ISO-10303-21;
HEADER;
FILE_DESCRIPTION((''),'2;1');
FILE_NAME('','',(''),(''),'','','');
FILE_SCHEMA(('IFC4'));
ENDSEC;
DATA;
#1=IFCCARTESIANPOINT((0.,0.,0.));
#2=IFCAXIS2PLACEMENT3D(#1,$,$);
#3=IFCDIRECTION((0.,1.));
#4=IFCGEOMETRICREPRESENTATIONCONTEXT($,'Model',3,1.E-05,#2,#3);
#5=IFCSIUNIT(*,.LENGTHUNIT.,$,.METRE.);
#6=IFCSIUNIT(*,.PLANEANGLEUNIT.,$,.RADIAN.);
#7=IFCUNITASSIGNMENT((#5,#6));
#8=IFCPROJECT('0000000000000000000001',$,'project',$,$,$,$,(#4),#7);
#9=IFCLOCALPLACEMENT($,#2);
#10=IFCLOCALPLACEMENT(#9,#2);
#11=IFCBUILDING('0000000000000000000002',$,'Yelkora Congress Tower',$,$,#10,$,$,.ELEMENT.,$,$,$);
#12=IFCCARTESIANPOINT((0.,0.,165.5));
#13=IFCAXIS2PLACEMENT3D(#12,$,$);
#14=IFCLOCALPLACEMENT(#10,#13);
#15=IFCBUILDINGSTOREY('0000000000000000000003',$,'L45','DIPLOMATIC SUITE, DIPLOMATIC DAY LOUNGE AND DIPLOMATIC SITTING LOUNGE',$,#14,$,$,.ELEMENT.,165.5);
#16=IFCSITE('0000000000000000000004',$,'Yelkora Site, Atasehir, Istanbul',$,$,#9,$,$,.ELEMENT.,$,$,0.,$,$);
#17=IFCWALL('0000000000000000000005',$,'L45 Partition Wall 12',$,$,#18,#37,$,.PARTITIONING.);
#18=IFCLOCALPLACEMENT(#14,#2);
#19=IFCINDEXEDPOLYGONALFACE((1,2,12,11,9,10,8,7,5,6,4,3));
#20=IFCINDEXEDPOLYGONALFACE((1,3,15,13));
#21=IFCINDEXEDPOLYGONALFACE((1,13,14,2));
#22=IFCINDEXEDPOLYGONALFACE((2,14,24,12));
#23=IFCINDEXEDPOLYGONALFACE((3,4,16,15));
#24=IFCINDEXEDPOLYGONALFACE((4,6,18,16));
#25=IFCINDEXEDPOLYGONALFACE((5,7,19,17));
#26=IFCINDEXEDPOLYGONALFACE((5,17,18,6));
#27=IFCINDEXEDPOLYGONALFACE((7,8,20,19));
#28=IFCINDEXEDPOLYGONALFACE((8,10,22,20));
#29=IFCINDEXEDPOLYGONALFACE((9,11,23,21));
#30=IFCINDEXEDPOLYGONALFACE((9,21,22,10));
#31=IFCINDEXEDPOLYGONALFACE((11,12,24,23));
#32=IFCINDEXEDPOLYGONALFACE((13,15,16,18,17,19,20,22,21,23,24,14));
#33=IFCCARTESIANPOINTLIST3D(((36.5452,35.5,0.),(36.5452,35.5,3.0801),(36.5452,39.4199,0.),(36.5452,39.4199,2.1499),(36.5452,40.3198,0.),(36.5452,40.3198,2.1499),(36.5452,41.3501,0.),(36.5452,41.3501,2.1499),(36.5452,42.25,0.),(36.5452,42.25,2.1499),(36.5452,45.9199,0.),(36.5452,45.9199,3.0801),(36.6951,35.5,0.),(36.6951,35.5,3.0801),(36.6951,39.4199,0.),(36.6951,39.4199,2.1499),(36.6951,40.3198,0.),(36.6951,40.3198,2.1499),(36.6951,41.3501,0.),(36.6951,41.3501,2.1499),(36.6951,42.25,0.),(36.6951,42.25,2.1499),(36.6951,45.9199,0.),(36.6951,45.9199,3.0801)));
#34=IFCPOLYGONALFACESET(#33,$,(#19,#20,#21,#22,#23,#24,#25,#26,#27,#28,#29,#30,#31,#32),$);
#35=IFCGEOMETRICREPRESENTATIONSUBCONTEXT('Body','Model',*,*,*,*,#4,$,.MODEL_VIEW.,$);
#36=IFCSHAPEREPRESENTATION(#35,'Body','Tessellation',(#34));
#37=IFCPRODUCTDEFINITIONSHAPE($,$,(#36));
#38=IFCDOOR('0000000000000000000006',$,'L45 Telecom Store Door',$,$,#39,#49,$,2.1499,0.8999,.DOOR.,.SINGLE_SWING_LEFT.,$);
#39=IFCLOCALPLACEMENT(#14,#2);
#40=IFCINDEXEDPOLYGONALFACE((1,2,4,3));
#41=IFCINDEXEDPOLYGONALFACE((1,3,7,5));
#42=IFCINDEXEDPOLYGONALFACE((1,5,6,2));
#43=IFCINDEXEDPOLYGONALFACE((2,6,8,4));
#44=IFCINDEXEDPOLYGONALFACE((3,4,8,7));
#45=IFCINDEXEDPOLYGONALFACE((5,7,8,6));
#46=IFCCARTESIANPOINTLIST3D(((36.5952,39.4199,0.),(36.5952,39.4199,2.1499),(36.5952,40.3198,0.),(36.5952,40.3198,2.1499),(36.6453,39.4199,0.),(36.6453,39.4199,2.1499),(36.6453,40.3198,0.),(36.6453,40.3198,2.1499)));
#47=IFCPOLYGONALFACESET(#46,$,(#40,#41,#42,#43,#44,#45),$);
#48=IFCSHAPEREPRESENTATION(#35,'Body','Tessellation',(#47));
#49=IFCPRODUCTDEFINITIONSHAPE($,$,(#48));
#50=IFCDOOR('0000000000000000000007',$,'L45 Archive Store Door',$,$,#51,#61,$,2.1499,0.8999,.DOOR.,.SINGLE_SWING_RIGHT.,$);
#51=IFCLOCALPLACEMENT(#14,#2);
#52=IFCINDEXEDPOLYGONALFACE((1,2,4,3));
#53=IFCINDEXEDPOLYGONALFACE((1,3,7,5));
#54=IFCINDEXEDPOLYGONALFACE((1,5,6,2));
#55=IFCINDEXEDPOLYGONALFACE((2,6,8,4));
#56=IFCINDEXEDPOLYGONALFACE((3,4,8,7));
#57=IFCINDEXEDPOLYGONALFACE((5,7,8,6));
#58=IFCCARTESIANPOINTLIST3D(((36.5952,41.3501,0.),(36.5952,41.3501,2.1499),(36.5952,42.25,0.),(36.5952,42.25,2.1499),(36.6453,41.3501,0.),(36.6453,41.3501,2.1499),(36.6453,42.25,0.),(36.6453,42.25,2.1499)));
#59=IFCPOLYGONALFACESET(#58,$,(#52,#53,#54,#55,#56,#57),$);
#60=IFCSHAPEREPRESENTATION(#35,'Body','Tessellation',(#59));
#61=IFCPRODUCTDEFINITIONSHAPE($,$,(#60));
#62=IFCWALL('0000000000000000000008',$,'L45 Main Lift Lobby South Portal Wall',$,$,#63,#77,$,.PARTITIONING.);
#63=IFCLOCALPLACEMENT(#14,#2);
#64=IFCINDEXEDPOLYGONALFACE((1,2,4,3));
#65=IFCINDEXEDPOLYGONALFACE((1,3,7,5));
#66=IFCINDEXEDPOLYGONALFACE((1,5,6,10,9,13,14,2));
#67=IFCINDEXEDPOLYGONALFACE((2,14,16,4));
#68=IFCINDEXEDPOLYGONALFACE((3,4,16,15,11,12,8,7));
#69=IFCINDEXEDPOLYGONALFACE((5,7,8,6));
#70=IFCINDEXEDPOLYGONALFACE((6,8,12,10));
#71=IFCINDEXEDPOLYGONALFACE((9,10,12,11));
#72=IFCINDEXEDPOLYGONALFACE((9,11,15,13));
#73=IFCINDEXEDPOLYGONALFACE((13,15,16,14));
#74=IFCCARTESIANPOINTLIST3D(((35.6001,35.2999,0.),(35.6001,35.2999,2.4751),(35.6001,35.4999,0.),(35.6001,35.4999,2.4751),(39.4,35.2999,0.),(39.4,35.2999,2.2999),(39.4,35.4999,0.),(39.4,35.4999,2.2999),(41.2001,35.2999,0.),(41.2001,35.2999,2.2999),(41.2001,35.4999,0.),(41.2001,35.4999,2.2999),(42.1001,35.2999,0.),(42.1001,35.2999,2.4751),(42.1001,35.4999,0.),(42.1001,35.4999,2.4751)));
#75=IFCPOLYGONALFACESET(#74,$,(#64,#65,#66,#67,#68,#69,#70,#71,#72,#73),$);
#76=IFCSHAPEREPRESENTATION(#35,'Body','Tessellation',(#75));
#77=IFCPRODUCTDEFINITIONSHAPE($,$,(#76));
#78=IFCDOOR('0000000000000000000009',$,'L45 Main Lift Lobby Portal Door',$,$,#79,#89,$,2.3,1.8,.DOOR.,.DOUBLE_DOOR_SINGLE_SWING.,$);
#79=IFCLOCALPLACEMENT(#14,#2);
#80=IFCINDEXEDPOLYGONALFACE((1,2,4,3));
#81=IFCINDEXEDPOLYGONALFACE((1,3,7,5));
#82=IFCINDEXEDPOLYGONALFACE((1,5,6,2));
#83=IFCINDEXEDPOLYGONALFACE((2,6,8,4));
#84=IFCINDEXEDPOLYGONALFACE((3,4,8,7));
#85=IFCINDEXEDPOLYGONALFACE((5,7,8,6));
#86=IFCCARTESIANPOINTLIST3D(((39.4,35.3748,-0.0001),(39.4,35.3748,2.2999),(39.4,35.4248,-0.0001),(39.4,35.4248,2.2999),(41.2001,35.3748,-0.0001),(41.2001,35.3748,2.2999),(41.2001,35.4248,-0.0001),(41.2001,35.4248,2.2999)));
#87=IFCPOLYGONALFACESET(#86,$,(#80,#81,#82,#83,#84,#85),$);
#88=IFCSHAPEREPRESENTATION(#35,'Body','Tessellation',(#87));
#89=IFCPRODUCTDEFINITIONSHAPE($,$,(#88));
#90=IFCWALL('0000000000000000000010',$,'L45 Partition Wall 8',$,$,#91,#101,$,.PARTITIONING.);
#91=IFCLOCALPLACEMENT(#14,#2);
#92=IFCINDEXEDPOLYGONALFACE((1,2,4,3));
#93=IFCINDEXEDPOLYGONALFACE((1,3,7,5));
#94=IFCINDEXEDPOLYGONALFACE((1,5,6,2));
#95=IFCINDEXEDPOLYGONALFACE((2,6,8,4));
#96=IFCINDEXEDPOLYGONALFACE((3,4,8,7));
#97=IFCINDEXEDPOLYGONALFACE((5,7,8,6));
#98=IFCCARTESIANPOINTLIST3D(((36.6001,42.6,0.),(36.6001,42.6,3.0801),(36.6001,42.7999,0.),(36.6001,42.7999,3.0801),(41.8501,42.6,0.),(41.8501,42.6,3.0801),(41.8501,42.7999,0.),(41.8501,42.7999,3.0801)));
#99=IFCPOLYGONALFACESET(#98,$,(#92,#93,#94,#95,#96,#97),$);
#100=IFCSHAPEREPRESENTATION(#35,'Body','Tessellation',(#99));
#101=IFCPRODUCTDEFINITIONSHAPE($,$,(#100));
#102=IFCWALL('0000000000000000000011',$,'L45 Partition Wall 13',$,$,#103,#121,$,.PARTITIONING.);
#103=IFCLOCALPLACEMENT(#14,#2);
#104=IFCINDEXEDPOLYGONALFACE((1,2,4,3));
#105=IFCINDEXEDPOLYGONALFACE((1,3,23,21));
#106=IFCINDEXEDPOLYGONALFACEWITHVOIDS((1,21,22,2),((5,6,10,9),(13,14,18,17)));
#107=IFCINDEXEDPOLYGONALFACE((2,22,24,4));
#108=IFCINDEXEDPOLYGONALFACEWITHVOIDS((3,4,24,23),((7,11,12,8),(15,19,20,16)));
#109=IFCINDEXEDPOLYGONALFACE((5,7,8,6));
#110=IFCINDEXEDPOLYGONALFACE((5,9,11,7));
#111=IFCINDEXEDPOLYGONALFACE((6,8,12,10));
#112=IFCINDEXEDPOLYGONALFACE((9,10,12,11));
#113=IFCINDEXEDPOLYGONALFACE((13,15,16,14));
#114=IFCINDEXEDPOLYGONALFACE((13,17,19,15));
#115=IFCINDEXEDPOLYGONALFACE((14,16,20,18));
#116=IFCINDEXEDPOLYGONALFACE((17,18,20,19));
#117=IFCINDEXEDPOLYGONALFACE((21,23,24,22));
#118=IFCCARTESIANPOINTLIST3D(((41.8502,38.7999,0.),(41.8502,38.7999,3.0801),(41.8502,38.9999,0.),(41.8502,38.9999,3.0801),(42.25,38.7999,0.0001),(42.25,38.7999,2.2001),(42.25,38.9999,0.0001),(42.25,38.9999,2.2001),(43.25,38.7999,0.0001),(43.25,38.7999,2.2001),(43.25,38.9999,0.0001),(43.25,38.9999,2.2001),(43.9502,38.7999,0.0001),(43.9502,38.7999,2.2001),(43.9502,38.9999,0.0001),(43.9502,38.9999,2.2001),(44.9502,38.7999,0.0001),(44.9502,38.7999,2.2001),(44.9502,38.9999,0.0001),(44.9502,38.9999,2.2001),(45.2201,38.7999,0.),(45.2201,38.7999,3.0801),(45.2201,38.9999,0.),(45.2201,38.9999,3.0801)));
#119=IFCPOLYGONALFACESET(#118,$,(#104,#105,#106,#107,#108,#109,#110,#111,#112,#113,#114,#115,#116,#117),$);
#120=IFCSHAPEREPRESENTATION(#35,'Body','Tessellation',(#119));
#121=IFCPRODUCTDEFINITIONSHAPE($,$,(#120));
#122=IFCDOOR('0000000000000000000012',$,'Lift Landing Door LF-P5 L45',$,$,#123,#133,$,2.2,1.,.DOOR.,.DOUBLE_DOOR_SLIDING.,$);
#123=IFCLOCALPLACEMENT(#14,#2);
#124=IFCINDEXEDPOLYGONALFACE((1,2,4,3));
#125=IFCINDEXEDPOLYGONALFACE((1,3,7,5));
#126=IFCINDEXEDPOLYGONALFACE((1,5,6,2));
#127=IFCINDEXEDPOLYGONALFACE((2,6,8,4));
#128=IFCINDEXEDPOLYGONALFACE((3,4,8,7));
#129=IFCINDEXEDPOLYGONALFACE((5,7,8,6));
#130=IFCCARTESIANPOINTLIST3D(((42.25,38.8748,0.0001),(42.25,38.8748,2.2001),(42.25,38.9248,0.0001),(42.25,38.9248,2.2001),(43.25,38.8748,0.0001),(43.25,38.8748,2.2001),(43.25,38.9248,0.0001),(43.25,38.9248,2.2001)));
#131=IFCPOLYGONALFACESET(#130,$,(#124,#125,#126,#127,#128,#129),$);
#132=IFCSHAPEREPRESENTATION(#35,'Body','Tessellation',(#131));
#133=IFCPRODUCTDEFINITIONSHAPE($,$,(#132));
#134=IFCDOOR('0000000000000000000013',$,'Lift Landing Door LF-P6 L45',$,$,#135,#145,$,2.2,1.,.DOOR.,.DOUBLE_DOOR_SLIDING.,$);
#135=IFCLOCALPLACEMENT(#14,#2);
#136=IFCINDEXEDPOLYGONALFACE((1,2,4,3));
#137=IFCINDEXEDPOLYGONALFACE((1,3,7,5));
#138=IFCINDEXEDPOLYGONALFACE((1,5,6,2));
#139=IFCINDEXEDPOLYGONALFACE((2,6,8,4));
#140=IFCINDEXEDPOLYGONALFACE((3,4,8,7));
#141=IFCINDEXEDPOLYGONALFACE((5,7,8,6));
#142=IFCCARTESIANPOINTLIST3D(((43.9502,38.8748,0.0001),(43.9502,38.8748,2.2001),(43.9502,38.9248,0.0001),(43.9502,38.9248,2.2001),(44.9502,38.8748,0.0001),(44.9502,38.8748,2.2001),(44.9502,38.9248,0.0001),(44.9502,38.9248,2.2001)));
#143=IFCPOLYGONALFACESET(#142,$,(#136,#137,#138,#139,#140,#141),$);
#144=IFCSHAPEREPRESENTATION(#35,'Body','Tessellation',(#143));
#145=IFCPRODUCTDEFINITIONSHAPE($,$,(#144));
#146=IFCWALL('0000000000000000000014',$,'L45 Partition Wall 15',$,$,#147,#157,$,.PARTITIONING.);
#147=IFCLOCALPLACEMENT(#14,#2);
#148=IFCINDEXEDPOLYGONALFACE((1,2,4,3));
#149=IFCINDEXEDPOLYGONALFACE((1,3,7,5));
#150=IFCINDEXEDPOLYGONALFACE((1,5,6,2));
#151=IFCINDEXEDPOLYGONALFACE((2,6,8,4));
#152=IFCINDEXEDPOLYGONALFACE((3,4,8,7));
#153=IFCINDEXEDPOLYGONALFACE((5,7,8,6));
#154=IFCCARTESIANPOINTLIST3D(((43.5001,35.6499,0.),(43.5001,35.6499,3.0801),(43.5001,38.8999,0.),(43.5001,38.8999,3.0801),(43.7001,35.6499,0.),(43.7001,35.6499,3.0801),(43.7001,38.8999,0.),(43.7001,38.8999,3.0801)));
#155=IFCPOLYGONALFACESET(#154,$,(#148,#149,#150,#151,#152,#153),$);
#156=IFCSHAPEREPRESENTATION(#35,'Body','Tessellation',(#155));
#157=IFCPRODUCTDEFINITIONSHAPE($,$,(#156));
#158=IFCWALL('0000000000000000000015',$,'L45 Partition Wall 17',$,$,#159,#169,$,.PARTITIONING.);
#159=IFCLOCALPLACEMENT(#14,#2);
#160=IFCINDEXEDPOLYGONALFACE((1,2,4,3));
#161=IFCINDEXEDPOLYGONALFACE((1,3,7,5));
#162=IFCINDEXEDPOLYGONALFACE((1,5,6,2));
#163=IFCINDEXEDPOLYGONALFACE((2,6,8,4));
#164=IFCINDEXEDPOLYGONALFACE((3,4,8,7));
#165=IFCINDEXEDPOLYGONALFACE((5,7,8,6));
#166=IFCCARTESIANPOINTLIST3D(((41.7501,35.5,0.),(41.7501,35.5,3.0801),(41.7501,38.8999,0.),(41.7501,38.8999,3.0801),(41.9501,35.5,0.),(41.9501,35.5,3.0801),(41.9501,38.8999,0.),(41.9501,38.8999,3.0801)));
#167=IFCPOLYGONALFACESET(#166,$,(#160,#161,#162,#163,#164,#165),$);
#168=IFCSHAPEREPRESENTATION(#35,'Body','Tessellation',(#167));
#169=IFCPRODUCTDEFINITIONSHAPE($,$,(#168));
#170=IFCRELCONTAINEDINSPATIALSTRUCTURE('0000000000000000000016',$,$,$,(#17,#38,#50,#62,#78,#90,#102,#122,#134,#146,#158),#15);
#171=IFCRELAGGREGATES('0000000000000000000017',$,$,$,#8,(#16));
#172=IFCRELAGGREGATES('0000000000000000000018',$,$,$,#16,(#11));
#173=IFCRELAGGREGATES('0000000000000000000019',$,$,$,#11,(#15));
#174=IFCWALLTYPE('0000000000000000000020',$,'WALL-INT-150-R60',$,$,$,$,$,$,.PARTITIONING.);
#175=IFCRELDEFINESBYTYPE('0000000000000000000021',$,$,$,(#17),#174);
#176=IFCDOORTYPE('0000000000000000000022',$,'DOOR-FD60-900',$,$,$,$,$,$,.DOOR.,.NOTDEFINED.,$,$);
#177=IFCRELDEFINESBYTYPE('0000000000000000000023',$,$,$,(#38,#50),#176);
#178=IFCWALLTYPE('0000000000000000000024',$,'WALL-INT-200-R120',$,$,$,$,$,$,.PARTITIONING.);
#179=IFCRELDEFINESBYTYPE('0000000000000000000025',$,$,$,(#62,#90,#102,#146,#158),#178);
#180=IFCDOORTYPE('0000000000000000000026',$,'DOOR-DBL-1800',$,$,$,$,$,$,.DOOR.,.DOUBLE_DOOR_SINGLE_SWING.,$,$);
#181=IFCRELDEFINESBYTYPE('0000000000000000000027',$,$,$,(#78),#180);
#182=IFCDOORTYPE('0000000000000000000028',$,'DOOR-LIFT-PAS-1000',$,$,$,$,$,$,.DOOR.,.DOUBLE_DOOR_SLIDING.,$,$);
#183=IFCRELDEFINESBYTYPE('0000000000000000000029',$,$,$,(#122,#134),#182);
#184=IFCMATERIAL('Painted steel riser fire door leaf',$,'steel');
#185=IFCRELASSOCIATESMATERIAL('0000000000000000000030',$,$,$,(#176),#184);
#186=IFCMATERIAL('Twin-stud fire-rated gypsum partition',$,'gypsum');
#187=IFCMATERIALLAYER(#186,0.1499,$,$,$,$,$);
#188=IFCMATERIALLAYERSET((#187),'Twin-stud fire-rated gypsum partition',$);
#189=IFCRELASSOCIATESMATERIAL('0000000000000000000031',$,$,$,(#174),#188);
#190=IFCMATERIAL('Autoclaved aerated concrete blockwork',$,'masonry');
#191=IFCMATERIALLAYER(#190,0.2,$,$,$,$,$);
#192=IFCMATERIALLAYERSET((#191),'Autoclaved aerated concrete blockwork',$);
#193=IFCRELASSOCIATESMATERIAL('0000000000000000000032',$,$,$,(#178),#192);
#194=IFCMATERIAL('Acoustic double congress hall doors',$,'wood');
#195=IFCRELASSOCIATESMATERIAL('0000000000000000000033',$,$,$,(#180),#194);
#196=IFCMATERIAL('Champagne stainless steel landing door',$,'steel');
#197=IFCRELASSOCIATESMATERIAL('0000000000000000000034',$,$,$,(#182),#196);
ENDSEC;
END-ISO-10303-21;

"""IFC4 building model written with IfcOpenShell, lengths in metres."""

from ifc_helpers import new_model, si_unit, direction, frame, frame_2d, origin, place, context, subcontext, project, spatial, rectangle, extrude, material, layer, layer_set, type_object, element, fill, save


model = new_model("IFC4")

# Units and contexts
model_context = context("Model", 3, precision=1e-05, world=origin(), true_north=direction((0.0, 1.0)))
body_context = subcontext(model_context, "Body", "Model", "MODEL_VIEW")
ifc_project = project(units=[si_unit("LENGTHUNIT", "METRE"), si_unit("PLANEANGLEUNIT", "RADIAN")], contexts=[model_context])

# Site, building, storey
site_placement = place(None, origin())
site = spatial("IfcSite", under=ifc_project, at=site_placement, Name="Yelkora Site, Atasehir, Istanbul", CompositionType="ELEMENT", RefElevation=0.0)
building_placement = place(site_placement, origin())
building = spatial("IfcBuilding", under=site, at=building_placement, Name="Yelkora Congress Tower", CompositionType="ELEMENT")
storey_placement = place(building_placement, frame((0.0, 0.0, 165.5)))
storey = spatial("IfcBuildingStorey", under=building, at=storey_placement, Name="L45", Description="DIPLOMATIC SUITE, DIPLOMATIC DAY LOUNGE AND DIPLOMATIC SITTING LOUNGE", CompositionType="ELEMENT", Elevation=165.5)

# Shared definitions
ifc_material_1 = material(Name="Painted steel riser fire door leaf", Category="steel")
door_type_1 = type_object("IfcDoorType", Name="DOOR-FD60-900", OperationType="NOTDEFINED", PredefinedType="DOOR", material=ifc_material_1)

# Shared definitions
ifc_material_2 = material(Name="Twin-stud fire-rated gypsum partition", Category="gypsum")
ifc_layer_1 = layer(ifc_material_2, 0.1499)
ifc_layer_set_1 = layer_set([ifc_layer_1], Name="Twin-stud fire-rated gypsum partition")
wall_type_1 = type_object("IfcWallType", Name="WALL-INT-150-R60", PredefinedType="PARTITIONING", material=ifc_layer_set_1)

# Wall, openings, doors
wall_1_placement = place(storey_placement, frame((36.6201, 35.5, 0.0), z_axis=(0.0, 0.0, 1.0), x_axis=(0.0, 1.0, 0.0)))
wall_1 = element("IfcWall", 1, at=wall_1_placement, inside=storey, type_object=wall_type_1, Name="L45 Partition Wall 12", PredefinedType="PARTITIONING", context=body_context, shape_type="SweptSolid", body=[
    extrude(rectangle(XDim=10.4199, YDim=0.1499, at=frame_2d((5.21, 0.0))), origin(), (0.0, 0.0, 1.0), 3.0801),
])
opening_1_placement = place(wall_1_placement, frame((3.9199, 0.0, 0.0)))
opening_1 = element("IfcOpeningElement", 2, at=opening_1_placement, cuts=wall_1, PredefinedType="OPENING", context=body_context, shape_type="SweptSolid", body=[
    extrude(rectangle(XDim=0.8999, YDim=2.1499, at=frame_2d((0.45, 1.075))), frame((0.0, 0.085, 0.0), z_axis=(0.0, -1.0, 0.0), x_axis=(1.0, 0.0, 0.0)), (0.0, 0.0, 1.0), 0.1699),
])
opening_2_placement = place(wall_1_placement, frame((5.8501, 0.0, 0.0)))
opening_2 = element("IfcOpeningElement", 3, at=opening_2_placement, cuts=wall_1, PredefinedType="OPENING", context=body_context, shape_type="SweptSolid", body=[
    extrude(rectangle(XDim=0.8999, YDim=2.1499, at=frame_2d((0.45, 1.075))), frame((0.0, 0.085, 0.0), z_axis=(0.0, -1.0, 0.0), x_axis=(1.0, 0.0, 0.0)), (0.0, 0.0, 1.0), 0.1699),
])
door_1_placement = place(opening_1_placement, origin())
door_1 = element("IfcDoor", 4, at=door_1_placement, inside=storey, type_object=door_type_1, Name="L45 Telecom Store Door", OperationType="SINGLE_SWING_LEFT", OverallHeight=2.1499, OverallWidth=0.8999, PredefinedType="DOOR", context=body_context, shape_type="SweptSolid", body=[
    extrude(rectangle(XDim=0.8999, YDim=2.1499, at=frame_2d((0.45, 1.075))), frame((0.0, 0.0249, 0.0), z_axis=(0.0, -1.0, 0.0), x_axis=(1.0, 0.0, 0.0)), (0.0, 0.0, 1.0), 0.05),
])
fill(opening_1, door_1)
door_2_placement = place(opening_2_placement, origin())
door_2 = element("IfcDoor", 5, at=door_2_placement, inside=storey, type_object=door_type_1, Name="L45 Archive Store Door", OperationType="SINGLE_SWING_RIGHT", OverallHeight=2.1499, OverallWidth=0.8999, PredefinedType="DOOR", context=body_context, shape_type="SweptSolid", body=[
    extrude(rectangle(XDim=0.8999, YDim=2.1499, at=frame_2d((0.45, 1.075))), frame((0.0, 0.0249, 0.0), z_axis=(0.0, -1.0, 0.0), x_axis=(1.0, 0.0, 0.0)), (0.0, 0.0, 1.0), 0.05),
])
fill(opening_2, door_2)

# Wall, opening, door
ifc_material_3 = material(Name="Autoclaved aerated concrete blockwork", Category="masonry")
ifc_layer_2 = layer(ifc_material_3, 0.2)
ifc_layer_set_2 = layer_set([ifc_layer_2], Name="Autoclaved aerated concrete blockwork")
wall_type_2 = type_object("IfcWallType", Name="WALL-INT-200-R120", PredefinedType="PARTITIONING", material=ifc_layer_set_2)
wall_2_placement = place(storey_placement, frame((35.6001, 35.3999, 0.0), z_axis=(0.0, 0.0, 1.0), x_axis=(1.0, 0.0, 0.0)))
wall_2 = element("IfcWall", 6, at=wall_2_placement, inside=storey, type_object=wall_type_2, Name="L45 Main Lift Lobby South Portal Wall", PredefinedType="PARTITIONING", context=body_context, shape_type="SweptSolid", body=[
    extrude(rectangle(XDim=6.5, YDim=0.2, at=frame_2d((3.25, 0.0))), origin(), (0.0, 0.0, 1.0), 2.4751),
])
opening_3_placement = place(wall_2_placement, frame((3.8, 0.0, 0.0)))
opening_3 = element("IfcOpeningElement", 7, at=opening_3_placement, cuts=wall_2, PredefinedType="OPENING", context=body_context, shape_type="SweptSolid", body=[
    extrude(rectangle(XDim=1.8, YDim=2.3, at=frame_2d((0.8999, 1.1499))), frame((0.0, 0.1099, 0.0), z_axis=(0.0, -1.0, 0.0), x_axis=(1.0, 0.0, 0.0)), (0.0, 0.0, 1.0), 0.22),
])
ifc_material_4 = material(Name="Acoustic double congress hall doors", Category="wood")
door_type_2 = type_object("IfcDoorType", Name="DOOR-DBL-1800", OperationType="DOUBLE_DOOR_SINGLE_SWING", PredefinedType="DOOR", material=ifc_material_4)
door_3_placement = place(opening_3_placement, origin())
door_3 = element("IfcDoor", 8, at=door_3_placement, inside=storey, type_object=door_type_2, Name="L45 Main Lift Lobby Portal Door", OperationType="DOUBLE_DOOR_SINGLE_SWING", OverallHeight=2.3, OverallWidth=1.8, PredefinedType="DOOR", context=body_context, shape_type="SweptSolid", body=[
    extrude(rectangle(XDim=1.8, YDim=2.3, at=frame_2d((0.8999, 1.1499))), frame((0.0, 0.0249, 0.0), z_axis=(0.0, -1.0, 0.0), x_axis=(1.0, 0.0, 0.0)), (0.0, 0.0, 1.0), 0.05),
])
fill(opening_3, door_3)

# Wall
wall_3_placement = place(storey_placement, frame((36.6001, 42.7, 0.0), z_axis=(0.0, 0.0, 1.0), x_axis=(1.0, 0.0, 0.0)))
element("IfcWall", 9, at=wall_3_placement, inside=storey, type_object=wall_type_2, Name="L45 Partition Wall 8", PredefinedType="PARTITIONING", context=body_context, shape_type="SweptSolid", body=[
    extrude(rectangle(XDim=5.25, YDim=0.2, at=frame_2d((2.625, 0.0))), origin(), (0.0, 0.0, 1.0), 3.0801),
])

# Wall, openings, doors
wall_4_placement = place(storey_placement, frame((41.8501, 38.8999, 0.0), z_axis=(0.0, 0.0, 1.0), x_axis=(1.0, 0.0, 0.0)))
wall_4 = element("IfcWall", 10, at=wall_4_placement, inside=storey, type_object=wall_type_2, Name="L45 Partition Wall 13", PredefinedType="PARTITIONING", context=body_context, shape_type="SweptSolid", body=[
    extrude(rectangle(XDim=3.3699, YDim=0.2, at=frame_2d((1.6851, 0.0))), origin(), (0.0, 0.0, 1.0), 3.0801),
])
opening_4_placement = place(wall_4_placement, frame((0.3999, 0.0, 0.0)))
opening_4 = element("IfcOpeningElement", 11, at=opening_4_placement, cuts=wall_4, PredefinedType="OPENING", context=body_context, shape_type="SweptSolid", body=[
    extrude(rectangle(XDim=1.0, YDim=2.2, at=frame_2d((0.5, 1.1001))), frame((0.0, 0.1099, 0.0), z_axis=(0.0, -1.0, 0.0), x_axis=(1.0, 0.0, 0.0)), (0.0, 0.0, 1.0), 0.22),
])
opening_5_placement = place(wall_4_placement, frame((2.1001, 0.0, 0.0)))
opening_5 = element("IfcOpeningElement", 12, at=opening_5_placement, cuts=wall_4, PredefinedType="OPENING", context=body_context, shape_type="SweptSolid", body=[
    extrude(rectangle(XDim=1.0, YDim=2.2, at=frame_2d((0.5, 1.1001))), frame((0.0, 0.1099, 0.0), z_axis=(0.0, -1.0, 0.0), x_axis=(1.0, 0.0, 0.0)), (0.0, 0.0, 1.0), 0.22),
])
ifc_material_5 = material(Name="Champagne stainless steel landing door", Category="steel")
door_type_3 = type_object("IfcDoorType", Name="DOOR-LIFT-PAS-1000", OperationType="DOUBLE_DOOR_SLIDING", PredefinedType="DOOR", material=ifc_material_5)
door_4_placement = place(opening_4_placement, origin())
door_4 = element("IfcDoor", 13, at=door_4_placement, inside=storey, type_object=door_type_3, Name="Lift Landing Door LF-P5 L45", OperationType="DOUBLE_DOOR_SLIDING", OverallHeight=2.2, OverallWidth=1.0, PredefinedType="DOOR", context=body_context, shape_type="SweptSolid", body=[
    extrude(rectangle(XDim=1.0, YDim=2.2, at=frame_2d((0.5, 1.1001))), frame((0.0, 0.0249, 0.0), z_axis=(0.0, -1.0, 0.0), x_axis=(1.0, 0.0, 0.0)), (0.0, 0.0, 1.0), 0.05),
])
fill(opening_4, door_4)
door_5_placement = place(opening_5_placement, origin())
door_5 = element("IfcDoor", 14, at=door_5_placement, inside=storey, type_object=door_type_3, Name="Lift Landing Door LF-P6 L45", OperationType="DOUBLE_DOOR_SLIDING", OverallHeight=2.2, OverallWidth=1.0, PredefinedType="DOOR", context=body_context, shape_type="SweptSolid", body=[
    extrude(rectangle(XDim=1.0, YDim=2.2, at=frame_2d((0.5, 1.1001))), frame((0.0, 0.0249, 0.0), z_axis=(0.0, -1.0, 0.0), x_axis=(1.0, 0.0, 0.0)), (0.0, 0.0, 1.0), 0.05),
])
fill(opening_5, door_5)

# Walls
wall_5_placement = place(storey_placement, frame((43.6001, 35.6499, 0.0), z_axis=(0.0, 0.0, 1.0), x_axis=(0.0, 1.0, 0.0)))
element("IfcWall", 15, at=wall_5_placement, inside=storey, type_object=wall_type_2, Name="L45 Partition Wall 15", PredefinedType="PARTITIONING", context=body_context, shape_type="SweptSolid", body=[
    extrude(rectangle(XDim=3.25, YDim=0.2, at=frame_2d((1.625, 0.0))), origin(), (0.0, 0.0, 1.0), 3.0801),
])
wall_6_placement = place(storey_placement, frame((41.8501, 35.5, 0.0), z_axis=(0.0, 0.0, 1.0), x_axis=(0.0, 1.0, 0.0)))
element("IfcWall", 16, at=wall_6_placement, inside=storey, type_object=wall_type_2, Name="L45 Partition Wall 17", PredefinedType="PARTITIONING", context=body_context, shape_type="SweptSolid", body=[
    extrude(rectangle(XDim=3.3999, YDim=0.2, at=frame_2d((1.7, 0.0))), origin(), (0.0, 0.0, 1.0), 3.0801),
])

save(model, "model.ifc")
